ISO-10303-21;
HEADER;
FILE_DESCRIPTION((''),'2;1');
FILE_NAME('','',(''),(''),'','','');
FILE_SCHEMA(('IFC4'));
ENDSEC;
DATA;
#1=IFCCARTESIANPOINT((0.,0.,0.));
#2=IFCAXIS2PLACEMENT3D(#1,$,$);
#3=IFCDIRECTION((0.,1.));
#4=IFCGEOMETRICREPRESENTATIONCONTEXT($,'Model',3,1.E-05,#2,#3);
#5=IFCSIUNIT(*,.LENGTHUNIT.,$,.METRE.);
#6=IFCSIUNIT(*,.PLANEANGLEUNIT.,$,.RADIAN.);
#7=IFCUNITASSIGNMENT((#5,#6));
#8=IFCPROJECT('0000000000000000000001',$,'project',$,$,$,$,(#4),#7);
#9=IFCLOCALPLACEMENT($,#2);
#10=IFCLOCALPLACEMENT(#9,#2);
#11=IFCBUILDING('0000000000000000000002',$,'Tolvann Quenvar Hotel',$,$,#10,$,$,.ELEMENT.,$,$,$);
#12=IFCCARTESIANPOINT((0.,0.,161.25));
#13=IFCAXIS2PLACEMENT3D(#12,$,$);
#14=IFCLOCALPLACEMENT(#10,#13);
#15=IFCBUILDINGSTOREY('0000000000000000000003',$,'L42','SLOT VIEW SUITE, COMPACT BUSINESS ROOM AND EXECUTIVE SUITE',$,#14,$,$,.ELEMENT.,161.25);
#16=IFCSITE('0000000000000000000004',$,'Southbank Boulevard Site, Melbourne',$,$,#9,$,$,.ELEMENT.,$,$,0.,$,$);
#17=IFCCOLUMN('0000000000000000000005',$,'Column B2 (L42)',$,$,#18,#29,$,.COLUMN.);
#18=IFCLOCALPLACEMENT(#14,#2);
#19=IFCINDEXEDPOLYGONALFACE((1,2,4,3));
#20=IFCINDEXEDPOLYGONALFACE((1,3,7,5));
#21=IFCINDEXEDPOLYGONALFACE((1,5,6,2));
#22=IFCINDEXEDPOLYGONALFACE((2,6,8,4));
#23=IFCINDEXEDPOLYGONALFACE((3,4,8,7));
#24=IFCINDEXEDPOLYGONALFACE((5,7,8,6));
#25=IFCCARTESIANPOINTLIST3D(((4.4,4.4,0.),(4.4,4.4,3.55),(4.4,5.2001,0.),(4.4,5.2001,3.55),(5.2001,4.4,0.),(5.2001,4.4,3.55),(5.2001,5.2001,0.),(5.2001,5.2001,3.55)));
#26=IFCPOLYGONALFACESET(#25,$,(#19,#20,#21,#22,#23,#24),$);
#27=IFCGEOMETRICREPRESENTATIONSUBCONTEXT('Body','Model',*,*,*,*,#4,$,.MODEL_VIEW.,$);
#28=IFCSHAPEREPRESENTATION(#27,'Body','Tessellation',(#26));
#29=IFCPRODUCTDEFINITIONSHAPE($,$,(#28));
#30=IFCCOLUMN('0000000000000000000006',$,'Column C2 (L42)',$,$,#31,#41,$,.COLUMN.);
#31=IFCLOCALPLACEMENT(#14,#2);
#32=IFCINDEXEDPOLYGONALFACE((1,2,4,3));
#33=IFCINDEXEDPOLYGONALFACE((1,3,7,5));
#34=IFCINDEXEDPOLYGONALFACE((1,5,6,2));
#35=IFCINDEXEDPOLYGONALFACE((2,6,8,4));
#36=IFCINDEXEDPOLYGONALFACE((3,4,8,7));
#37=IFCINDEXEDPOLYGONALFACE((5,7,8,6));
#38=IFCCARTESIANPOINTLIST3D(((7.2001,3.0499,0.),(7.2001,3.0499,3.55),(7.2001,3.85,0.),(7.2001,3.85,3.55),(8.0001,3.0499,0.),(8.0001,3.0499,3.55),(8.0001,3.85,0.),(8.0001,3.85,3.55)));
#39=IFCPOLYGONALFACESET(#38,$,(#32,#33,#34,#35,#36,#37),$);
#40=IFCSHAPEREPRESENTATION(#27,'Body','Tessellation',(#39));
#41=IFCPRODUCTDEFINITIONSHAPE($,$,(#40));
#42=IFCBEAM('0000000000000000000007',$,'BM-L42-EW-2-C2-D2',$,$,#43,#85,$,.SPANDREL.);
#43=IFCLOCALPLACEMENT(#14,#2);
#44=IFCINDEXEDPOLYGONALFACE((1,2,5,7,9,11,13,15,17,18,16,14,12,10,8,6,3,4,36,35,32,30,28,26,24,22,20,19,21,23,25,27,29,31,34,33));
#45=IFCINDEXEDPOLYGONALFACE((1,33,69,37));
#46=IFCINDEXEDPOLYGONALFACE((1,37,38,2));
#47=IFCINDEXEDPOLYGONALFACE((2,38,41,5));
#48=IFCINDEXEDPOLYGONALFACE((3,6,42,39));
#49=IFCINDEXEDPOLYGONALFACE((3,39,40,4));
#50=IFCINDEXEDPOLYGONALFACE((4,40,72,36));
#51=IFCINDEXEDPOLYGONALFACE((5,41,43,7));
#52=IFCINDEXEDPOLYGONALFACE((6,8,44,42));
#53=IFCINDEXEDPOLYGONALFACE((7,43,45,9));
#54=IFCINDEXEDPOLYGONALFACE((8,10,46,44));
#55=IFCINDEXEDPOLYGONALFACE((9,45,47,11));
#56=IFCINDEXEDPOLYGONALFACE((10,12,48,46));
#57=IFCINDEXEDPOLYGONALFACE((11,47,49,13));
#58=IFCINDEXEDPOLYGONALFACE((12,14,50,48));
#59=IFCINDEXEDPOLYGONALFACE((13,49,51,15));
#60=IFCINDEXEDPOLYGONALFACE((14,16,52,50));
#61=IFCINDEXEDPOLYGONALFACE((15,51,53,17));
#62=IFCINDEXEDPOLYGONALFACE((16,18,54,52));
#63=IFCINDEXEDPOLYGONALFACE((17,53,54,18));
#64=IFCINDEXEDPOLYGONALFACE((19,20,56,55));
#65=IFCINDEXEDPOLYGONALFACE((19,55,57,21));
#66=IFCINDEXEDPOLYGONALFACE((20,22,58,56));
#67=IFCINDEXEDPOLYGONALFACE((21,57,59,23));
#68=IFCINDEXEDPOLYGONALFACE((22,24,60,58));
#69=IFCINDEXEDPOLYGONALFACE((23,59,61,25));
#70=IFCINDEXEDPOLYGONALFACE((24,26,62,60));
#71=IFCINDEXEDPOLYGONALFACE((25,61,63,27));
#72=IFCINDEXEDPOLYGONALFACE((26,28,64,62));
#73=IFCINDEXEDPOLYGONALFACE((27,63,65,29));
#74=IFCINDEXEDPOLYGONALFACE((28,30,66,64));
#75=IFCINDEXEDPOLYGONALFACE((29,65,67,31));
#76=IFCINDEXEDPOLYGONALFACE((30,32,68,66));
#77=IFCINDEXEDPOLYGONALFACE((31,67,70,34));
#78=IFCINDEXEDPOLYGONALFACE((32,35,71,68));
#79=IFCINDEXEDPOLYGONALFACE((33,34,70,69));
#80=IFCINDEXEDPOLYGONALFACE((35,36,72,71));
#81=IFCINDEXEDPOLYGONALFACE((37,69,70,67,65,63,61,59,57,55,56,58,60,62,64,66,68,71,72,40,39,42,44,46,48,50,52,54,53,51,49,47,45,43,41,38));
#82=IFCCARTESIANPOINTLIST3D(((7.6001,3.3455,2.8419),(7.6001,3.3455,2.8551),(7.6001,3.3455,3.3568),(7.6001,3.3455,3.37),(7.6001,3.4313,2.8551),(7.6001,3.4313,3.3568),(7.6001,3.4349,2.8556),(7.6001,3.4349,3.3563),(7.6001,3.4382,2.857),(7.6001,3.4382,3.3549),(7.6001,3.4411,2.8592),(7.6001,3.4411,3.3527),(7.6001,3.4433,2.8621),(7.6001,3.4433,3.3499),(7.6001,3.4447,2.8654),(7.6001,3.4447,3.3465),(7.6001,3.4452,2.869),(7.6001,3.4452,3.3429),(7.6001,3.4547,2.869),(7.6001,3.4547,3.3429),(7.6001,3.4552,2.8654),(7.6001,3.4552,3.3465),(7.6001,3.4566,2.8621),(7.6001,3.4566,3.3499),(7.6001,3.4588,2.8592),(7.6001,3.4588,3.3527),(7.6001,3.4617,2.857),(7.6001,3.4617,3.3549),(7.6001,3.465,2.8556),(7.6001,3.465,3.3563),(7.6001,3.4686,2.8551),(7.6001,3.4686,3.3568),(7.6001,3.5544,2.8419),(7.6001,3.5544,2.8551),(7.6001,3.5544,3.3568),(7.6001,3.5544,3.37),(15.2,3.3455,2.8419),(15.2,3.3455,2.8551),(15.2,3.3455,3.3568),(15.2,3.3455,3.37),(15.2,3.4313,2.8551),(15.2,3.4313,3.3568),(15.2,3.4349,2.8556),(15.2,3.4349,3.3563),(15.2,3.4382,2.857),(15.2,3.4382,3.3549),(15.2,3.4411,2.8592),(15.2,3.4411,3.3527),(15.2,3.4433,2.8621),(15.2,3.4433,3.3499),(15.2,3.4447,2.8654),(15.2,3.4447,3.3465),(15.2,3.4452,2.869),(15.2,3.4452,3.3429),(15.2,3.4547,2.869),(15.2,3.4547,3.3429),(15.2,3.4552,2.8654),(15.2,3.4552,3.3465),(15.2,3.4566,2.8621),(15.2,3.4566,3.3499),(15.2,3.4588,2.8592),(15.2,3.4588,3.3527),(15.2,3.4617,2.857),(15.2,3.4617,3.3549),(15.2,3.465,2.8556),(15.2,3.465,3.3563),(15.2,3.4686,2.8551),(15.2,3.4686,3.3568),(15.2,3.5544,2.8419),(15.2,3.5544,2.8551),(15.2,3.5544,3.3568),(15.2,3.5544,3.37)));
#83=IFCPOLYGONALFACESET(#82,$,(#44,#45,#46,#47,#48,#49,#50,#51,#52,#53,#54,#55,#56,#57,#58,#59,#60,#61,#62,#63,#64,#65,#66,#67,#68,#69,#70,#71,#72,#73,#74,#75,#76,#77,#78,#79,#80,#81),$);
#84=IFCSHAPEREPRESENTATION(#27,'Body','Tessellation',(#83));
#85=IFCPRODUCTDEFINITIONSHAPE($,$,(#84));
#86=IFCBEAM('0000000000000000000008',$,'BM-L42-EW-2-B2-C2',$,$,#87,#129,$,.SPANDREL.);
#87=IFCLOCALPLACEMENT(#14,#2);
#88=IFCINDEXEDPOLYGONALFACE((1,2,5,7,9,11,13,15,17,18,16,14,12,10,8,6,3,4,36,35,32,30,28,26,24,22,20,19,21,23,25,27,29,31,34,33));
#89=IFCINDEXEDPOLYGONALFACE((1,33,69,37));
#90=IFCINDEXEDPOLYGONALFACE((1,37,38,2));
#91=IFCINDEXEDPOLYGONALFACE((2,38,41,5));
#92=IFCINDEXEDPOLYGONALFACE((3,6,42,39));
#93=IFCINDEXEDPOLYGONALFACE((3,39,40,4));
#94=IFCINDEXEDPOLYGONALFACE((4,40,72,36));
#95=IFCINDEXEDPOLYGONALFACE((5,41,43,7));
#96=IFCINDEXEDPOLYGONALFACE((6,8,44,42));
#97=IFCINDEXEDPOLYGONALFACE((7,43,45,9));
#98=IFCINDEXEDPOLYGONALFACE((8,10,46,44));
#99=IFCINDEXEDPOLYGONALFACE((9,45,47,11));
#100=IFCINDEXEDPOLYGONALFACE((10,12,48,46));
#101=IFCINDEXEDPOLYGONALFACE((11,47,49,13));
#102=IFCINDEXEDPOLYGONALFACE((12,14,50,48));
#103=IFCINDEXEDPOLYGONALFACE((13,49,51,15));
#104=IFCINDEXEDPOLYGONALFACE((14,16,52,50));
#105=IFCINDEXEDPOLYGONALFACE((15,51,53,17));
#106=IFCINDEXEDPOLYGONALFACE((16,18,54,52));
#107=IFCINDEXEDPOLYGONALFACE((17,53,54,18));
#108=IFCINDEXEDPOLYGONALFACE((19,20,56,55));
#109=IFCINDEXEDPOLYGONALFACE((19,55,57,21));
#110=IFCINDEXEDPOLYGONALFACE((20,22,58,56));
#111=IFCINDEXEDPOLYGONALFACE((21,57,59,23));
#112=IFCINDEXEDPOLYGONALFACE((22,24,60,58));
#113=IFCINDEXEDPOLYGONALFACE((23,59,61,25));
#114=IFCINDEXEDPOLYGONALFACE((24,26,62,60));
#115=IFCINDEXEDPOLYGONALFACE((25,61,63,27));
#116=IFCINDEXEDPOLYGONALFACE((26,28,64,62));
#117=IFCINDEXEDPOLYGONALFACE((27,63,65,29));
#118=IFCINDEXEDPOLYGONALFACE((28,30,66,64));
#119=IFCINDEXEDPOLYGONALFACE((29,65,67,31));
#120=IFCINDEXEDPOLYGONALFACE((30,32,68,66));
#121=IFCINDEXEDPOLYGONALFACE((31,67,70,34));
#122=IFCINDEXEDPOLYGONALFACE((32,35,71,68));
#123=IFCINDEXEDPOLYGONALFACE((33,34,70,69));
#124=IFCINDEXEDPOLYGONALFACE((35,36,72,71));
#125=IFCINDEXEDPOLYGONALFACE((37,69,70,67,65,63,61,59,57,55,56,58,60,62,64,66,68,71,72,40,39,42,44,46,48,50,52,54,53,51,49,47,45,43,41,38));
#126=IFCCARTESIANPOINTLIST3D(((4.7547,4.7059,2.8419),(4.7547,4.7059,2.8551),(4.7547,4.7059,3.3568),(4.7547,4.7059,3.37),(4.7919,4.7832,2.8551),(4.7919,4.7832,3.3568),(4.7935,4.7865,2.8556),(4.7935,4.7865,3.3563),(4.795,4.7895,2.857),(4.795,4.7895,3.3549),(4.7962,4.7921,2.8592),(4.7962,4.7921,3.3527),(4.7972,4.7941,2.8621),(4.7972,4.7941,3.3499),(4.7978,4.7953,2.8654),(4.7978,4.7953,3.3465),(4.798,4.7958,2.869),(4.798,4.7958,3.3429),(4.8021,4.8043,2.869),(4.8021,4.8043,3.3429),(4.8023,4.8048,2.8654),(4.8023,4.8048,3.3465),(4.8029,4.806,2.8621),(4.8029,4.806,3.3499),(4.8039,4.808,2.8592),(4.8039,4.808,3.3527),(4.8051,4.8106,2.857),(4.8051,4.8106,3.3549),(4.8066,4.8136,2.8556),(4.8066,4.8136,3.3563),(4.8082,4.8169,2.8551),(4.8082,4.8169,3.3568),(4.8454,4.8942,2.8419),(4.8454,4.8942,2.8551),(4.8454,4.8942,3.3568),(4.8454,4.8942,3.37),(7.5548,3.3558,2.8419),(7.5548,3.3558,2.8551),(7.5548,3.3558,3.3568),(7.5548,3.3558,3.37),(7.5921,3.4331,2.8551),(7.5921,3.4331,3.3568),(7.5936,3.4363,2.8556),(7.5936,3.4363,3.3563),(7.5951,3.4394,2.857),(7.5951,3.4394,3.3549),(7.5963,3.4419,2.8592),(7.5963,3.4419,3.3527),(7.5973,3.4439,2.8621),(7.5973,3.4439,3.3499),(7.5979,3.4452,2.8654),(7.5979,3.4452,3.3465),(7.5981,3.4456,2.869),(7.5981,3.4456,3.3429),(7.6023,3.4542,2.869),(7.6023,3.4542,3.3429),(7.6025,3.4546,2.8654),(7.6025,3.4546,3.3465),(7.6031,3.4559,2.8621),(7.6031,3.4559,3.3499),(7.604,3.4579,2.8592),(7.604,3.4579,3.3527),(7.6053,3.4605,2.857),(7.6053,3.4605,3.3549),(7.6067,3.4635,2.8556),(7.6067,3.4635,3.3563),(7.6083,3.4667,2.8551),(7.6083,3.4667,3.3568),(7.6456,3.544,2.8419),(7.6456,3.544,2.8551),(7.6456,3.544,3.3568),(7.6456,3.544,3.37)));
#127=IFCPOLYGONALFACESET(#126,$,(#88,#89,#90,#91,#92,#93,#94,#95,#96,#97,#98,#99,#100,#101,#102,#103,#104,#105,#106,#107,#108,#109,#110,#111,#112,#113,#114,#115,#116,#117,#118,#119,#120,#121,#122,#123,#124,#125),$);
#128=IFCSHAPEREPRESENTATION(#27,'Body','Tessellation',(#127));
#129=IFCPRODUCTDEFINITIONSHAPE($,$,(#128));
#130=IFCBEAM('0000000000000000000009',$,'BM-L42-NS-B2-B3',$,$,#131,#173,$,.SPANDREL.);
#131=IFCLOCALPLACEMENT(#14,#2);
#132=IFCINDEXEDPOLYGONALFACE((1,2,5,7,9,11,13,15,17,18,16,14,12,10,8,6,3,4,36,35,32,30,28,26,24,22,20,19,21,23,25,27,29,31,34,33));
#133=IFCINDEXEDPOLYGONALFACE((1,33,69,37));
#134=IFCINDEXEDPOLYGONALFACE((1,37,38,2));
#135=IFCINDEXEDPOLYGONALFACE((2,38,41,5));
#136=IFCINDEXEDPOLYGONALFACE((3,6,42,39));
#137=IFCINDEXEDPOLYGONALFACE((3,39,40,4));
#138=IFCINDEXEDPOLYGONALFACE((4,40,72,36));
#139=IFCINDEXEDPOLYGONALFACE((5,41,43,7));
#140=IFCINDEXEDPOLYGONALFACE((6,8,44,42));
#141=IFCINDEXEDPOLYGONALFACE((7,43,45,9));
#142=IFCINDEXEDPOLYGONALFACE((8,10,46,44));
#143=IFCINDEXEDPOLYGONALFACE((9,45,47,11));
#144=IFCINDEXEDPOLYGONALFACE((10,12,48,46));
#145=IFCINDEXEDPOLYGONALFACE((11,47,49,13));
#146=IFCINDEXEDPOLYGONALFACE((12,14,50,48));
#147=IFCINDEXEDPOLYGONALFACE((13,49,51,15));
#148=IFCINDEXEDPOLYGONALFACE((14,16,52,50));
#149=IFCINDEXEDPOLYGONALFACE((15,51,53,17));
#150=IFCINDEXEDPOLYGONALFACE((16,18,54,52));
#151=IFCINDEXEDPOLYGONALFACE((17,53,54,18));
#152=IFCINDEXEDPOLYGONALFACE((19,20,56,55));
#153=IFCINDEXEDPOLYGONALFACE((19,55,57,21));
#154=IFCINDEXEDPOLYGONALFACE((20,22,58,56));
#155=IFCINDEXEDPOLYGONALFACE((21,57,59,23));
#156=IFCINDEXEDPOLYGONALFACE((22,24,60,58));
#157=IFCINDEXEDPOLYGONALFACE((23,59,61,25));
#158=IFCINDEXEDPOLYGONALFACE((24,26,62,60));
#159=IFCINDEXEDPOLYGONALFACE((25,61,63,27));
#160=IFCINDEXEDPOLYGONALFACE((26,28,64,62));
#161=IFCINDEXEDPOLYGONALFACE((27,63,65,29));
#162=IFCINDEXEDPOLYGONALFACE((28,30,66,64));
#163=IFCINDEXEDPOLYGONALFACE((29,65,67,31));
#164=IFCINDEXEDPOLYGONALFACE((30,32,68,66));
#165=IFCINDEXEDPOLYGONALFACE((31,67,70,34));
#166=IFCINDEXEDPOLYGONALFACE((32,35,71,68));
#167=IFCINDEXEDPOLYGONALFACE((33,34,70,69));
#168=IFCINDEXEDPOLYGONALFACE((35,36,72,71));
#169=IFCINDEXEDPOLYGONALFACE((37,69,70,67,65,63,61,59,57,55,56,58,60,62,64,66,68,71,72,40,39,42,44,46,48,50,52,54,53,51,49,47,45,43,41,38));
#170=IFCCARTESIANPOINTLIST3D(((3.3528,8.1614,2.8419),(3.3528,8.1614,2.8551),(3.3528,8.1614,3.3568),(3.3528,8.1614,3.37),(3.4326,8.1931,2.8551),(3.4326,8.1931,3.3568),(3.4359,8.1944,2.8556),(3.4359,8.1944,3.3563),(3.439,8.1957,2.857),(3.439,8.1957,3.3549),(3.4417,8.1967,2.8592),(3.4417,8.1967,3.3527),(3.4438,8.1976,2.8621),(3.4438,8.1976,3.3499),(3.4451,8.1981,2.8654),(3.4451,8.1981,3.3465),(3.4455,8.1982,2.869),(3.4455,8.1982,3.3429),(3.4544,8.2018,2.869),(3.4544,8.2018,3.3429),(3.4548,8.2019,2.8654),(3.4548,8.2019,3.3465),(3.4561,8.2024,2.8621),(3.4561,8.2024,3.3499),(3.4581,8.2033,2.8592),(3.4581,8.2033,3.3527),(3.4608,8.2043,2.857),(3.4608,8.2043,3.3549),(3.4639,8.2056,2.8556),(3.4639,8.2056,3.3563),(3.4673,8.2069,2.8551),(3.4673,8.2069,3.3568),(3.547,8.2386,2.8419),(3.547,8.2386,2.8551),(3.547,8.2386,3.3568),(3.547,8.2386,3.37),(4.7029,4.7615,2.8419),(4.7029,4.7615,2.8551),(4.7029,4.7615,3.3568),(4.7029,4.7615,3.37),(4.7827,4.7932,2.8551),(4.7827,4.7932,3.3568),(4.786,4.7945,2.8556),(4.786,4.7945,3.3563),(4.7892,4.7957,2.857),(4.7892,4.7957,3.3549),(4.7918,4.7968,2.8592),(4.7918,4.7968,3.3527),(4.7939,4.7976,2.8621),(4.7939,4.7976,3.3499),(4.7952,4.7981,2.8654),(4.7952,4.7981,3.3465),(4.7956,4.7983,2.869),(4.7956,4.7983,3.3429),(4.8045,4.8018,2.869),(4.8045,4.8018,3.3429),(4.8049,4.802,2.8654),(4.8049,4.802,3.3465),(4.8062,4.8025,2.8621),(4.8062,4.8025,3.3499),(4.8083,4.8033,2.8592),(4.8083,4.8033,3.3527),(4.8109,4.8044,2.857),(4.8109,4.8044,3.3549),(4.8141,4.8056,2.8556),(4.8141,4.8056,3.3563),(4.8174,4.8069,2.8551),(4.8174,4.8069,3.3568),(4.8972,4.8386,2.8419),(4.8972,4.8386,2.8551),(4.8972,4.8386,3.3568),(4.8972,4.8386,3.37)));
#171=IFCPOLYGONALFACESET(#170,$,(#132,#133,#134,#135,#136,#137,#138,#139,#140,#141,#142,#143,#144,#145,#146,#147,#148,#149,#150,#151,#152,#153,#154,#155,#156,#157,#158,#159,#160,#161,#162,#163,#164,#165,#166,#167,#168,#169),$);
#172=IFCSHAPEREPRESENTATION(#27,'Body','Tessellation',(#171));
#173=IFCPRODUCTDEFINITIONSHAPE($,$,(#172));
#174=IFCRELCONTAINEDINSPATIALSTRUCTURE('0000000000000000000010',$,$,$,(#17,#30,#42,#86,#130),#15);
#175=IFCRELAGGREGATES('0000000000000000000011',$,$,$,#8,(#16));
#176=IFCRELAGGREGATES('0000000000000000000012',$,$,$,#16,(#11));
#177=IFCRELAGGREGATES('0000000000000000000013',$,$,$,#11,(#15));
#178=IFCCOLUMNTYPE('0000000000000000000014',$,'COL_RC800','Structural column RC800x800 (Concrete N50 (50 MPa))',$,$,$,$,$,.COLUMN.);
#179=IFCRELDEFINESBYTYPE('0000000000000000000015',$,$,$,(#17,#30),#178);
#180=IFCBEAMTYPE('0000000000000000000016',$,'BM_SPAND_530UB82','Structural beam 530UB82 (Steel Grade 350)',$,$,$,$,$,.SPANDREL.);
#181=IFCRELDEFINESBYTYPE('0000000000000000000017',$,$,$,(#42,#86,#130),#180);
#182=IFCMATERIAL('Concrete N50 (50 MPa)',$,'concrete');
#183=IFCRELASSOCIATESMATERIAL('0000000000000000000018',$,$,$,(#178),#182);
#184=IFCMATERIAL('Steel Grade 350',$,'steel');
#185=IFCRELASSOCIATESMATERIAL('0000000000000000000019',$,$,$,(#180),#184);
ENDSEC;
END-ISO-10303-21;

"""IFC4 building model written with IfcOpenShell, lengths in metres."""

from ifc_helpers import new_model, si_unit, direction, frame, origin, origin_2d, place, context, subcontext, project, spatial, rectangle, i_section, extrude, source, transform, mapped, material, material_profile, profile_set, type_object, type_shapes, element, save


model = new_model("IFC4")

# Units and contexts
model_context = context("Model", 3, precision=1e-05, world=origin(), true_north=direction((0.0, 1.0)))
body_context = subcontext(model_context, "Body", "Model", "MODEL_VIEW")
ifc_project = project(units=[si_unit("LENGTHUNIT", "METRE"), si_unit("PLANEANGLEUNIT", "RADIAN")], contexts=[model_context])

# Site, building, storey
site_placement = place(None, origin())
site = spatial("IfcSite", under=ifc_project, at=site_placement, Name="Southbank Boulevard Site, Melbourne", CompositionType="ELEMENT", RefElevation=0.0)
building_placement = place(site_placement, origin())
building = spatial("IfcBuilding", under=site, at=building_placement, Name="Tolvann Quenvar Hotel", CompositionType="ELEMENT")
storey_placement = place(building_placement, frame((0.0, 0.0, 161.25)))
storey = spatial("IfcBuildingStorey", under=building, at=storey_placement, Name="L42", Description="SLOT VIEW SUITE, COMPACT BUSINESS ROOM AND EXECUTIVE SUITE", CompositionType="ELEMENT", Elevation=161.25)

# Columns
ifc_material_1 = material(Name="Concrete N50 (50 MPa)", Category="concrete")
ifc_material_profile_1 = material_profile(ifc_material_1, rectangle(XDim=0.8, YDim=0.8, at=origin_2d()), Name="RC800x800")
ifc_profile_set_1 = profile_set([ifc_material_profile_1], Name="Concrete N50 (50 MPa)")
column_type = type_object("IfcColumnType", Name="COL_RC800", Description="Structural column RC800x800 (Concrete N50 (50 MPa))", PredefinedType="COLUMN", material=ifc_profile_set_1)
shared_shape_1 = source(origin(), body_context, "Body", "SweptSolid", [
    extrude(rectangle(XDim=0.8, YDim=0.8, at=origin_2d()), origin(), (0.0, 0.0, 1.0), 3.55),
])
type_shapes(column_type, [shared_shape_1])
for number, where, z_axis, x_axis, name in (
    (1, (4.8, 4.8, 0.0), (0.0, 0.0, 1.0), (1.0, 0.0, 0.0), "Column B2 (L42)"),
    (2, (7.6001, 3.45, 0.0), (0.0, 0.0, 1.0), (1.0, 0.0, 0.0), "Column C2 (L42)"),
):
    element("IfcColumn", number, at=place(storey_placement, frame(where, z_axis=z_axis, x_axis=x_axis)), inside=storey, type_object=column_type, Name=name, PredefinedType="COLUMN", context=body_context, shape_type="MappedRepresentation", body=[
        mapped(shared_shape_1, transform((0.0, 0.0, 0.0), x_axis=(1.0, 0.0, 0.0), y_axis=(0.0, 1.0, 0.0), z_axis=(0.0, 0.0, 1.0), scale=1.0)),
    ])

# Beams
ifc_material_2 = material(Name="Steel Grade 350", Category="steel")
ifc_material_profile_2 = material_profile(ifc_material_2, i_section(OverallWidth=0.209, OverallDepth=0.5281, WebThickness=0.0095, FlangeThickness=0.0132, FilletRadius=0.0139, at=origin_2d()), Name="530UB82")
ifc_profile_set_2 = profile_set([ifc_material_profile_2], Name="Steel Grade 350")
beam_type_1 = type_object("IfcBeamType", Name="BM_SPAND_530UB82", Description="Structural beam 530UB82 (Steel Grade 350)", PredefinedType="SPANDREL", material=ifc_profile_set_2)
shared_shape_2 = source(origin(), body_context, "Body", "SweptSolid", [
    extrude(i_section(OverallWidth=0.209, OverallDepth=0.5281, WebThickness=0.0095, FlangeThickness=0.0132, FilletRadius=0.0139, at=origin_2d()), origin(), (0.0, 0.0, 1.0), 7.5999),
])
beam_1_placement = place(storey_placement, frame((7.6001, 3.45, 3.106), z_axis=(1.0, 0.0, 0.0), x_axis=(0.0, 1.0, 0.0)))
element("IfcBeam", 3, at=beam_1_placement, inside=storey, type_object=beam_type_1, Name="BM-L42-EW-2-C2-D2", PredefinedType="SPANDREL", context=body_context, shape_type="MappedRepresentation", body=[
    mapped(shared_shape_2, transform((0.0, 0.0, 0.0), x_axis=(1.0, 0.0, 0.0), y_axis=(0.0, 1.0, 0.0), z_axis=(0.0, 0.0, 1.0), scale=1.0)),
])
shared_shape_3 = source(origin(), body_context, "Body", "SweptSolid", [
    extrude(i_section(OverallWidth=0.209, OverallDepth=0.5281, WebThickness=0.0095, FlangeThickness=0.0132, FilletRadius=0.0139, at=origin_2d()), origin(), (0.0, 0.0, 1.0), 3.1086),
])
beam_2_placement = place(storey_placement, frame((4.8, 4.8, 3.106), z_axis=(0.900759, -0.434319, 0.0), x_axis=(0.434319, 0.900759, 0.0)))
element("IfcBeam", 4, at=beam_2_placement, inside=storey, type_object=beam_type_1, Name="BM-L42-EW-2-B2-C2", PredefinedType="SPANDREL", context=body_context, shape_type="MappedRepresentation", body=[
    mapped(shared_shape_3, transform((0.0, 0.0, 0.0), x_axis=(1.0, 0.0, 0.0), y_axis=(0.0, 1.0, 0.0), z_axis=(0.0, 0.0, 1.0), scale=1.0)),
])
shared_shape_4 = source(origin(), body_context, "Body", "SweptSolid", [
    extrude(i_section(OverallWidth=0.209, OverallDepth=0.5281, WebThickness=0.0095, FlangeThickness=0.0132, FilletRadius=0.0139, at=origin_2d()), origin(), (0.0, 0.0, 1.0), 3.6582),
])
type_shapes(beam_type_1, [shared_shape_2, shared_shape_3, shared_shape_4])
beam_3_placement = place(storey_placement, frame((4.8, 4.8, 3.106), z_axis=(-0.369065, 0.929404, 0.0), x_axis=(-0.929404, -0.369065, 0.0)))
element("IfcBeam", 5, at=beam_3_placement, inside=storey, type_object=beam_type_1, Name="BM-L42-NS-B2-B3", PredefinedType="SPANDREL", context=body_context, shape_type="MappedRepresentation", body=[
    mapped(shared_shape_4, transform((0.0, 0.0, 0.0), x_axis=(1.0, 0.0, 0.0), y_axis=(0.0, 1.0, 0.0), z_axis=(0.0, 0.0, 1.0), scale=1.0)),
])

save(model, "model.ifc")
